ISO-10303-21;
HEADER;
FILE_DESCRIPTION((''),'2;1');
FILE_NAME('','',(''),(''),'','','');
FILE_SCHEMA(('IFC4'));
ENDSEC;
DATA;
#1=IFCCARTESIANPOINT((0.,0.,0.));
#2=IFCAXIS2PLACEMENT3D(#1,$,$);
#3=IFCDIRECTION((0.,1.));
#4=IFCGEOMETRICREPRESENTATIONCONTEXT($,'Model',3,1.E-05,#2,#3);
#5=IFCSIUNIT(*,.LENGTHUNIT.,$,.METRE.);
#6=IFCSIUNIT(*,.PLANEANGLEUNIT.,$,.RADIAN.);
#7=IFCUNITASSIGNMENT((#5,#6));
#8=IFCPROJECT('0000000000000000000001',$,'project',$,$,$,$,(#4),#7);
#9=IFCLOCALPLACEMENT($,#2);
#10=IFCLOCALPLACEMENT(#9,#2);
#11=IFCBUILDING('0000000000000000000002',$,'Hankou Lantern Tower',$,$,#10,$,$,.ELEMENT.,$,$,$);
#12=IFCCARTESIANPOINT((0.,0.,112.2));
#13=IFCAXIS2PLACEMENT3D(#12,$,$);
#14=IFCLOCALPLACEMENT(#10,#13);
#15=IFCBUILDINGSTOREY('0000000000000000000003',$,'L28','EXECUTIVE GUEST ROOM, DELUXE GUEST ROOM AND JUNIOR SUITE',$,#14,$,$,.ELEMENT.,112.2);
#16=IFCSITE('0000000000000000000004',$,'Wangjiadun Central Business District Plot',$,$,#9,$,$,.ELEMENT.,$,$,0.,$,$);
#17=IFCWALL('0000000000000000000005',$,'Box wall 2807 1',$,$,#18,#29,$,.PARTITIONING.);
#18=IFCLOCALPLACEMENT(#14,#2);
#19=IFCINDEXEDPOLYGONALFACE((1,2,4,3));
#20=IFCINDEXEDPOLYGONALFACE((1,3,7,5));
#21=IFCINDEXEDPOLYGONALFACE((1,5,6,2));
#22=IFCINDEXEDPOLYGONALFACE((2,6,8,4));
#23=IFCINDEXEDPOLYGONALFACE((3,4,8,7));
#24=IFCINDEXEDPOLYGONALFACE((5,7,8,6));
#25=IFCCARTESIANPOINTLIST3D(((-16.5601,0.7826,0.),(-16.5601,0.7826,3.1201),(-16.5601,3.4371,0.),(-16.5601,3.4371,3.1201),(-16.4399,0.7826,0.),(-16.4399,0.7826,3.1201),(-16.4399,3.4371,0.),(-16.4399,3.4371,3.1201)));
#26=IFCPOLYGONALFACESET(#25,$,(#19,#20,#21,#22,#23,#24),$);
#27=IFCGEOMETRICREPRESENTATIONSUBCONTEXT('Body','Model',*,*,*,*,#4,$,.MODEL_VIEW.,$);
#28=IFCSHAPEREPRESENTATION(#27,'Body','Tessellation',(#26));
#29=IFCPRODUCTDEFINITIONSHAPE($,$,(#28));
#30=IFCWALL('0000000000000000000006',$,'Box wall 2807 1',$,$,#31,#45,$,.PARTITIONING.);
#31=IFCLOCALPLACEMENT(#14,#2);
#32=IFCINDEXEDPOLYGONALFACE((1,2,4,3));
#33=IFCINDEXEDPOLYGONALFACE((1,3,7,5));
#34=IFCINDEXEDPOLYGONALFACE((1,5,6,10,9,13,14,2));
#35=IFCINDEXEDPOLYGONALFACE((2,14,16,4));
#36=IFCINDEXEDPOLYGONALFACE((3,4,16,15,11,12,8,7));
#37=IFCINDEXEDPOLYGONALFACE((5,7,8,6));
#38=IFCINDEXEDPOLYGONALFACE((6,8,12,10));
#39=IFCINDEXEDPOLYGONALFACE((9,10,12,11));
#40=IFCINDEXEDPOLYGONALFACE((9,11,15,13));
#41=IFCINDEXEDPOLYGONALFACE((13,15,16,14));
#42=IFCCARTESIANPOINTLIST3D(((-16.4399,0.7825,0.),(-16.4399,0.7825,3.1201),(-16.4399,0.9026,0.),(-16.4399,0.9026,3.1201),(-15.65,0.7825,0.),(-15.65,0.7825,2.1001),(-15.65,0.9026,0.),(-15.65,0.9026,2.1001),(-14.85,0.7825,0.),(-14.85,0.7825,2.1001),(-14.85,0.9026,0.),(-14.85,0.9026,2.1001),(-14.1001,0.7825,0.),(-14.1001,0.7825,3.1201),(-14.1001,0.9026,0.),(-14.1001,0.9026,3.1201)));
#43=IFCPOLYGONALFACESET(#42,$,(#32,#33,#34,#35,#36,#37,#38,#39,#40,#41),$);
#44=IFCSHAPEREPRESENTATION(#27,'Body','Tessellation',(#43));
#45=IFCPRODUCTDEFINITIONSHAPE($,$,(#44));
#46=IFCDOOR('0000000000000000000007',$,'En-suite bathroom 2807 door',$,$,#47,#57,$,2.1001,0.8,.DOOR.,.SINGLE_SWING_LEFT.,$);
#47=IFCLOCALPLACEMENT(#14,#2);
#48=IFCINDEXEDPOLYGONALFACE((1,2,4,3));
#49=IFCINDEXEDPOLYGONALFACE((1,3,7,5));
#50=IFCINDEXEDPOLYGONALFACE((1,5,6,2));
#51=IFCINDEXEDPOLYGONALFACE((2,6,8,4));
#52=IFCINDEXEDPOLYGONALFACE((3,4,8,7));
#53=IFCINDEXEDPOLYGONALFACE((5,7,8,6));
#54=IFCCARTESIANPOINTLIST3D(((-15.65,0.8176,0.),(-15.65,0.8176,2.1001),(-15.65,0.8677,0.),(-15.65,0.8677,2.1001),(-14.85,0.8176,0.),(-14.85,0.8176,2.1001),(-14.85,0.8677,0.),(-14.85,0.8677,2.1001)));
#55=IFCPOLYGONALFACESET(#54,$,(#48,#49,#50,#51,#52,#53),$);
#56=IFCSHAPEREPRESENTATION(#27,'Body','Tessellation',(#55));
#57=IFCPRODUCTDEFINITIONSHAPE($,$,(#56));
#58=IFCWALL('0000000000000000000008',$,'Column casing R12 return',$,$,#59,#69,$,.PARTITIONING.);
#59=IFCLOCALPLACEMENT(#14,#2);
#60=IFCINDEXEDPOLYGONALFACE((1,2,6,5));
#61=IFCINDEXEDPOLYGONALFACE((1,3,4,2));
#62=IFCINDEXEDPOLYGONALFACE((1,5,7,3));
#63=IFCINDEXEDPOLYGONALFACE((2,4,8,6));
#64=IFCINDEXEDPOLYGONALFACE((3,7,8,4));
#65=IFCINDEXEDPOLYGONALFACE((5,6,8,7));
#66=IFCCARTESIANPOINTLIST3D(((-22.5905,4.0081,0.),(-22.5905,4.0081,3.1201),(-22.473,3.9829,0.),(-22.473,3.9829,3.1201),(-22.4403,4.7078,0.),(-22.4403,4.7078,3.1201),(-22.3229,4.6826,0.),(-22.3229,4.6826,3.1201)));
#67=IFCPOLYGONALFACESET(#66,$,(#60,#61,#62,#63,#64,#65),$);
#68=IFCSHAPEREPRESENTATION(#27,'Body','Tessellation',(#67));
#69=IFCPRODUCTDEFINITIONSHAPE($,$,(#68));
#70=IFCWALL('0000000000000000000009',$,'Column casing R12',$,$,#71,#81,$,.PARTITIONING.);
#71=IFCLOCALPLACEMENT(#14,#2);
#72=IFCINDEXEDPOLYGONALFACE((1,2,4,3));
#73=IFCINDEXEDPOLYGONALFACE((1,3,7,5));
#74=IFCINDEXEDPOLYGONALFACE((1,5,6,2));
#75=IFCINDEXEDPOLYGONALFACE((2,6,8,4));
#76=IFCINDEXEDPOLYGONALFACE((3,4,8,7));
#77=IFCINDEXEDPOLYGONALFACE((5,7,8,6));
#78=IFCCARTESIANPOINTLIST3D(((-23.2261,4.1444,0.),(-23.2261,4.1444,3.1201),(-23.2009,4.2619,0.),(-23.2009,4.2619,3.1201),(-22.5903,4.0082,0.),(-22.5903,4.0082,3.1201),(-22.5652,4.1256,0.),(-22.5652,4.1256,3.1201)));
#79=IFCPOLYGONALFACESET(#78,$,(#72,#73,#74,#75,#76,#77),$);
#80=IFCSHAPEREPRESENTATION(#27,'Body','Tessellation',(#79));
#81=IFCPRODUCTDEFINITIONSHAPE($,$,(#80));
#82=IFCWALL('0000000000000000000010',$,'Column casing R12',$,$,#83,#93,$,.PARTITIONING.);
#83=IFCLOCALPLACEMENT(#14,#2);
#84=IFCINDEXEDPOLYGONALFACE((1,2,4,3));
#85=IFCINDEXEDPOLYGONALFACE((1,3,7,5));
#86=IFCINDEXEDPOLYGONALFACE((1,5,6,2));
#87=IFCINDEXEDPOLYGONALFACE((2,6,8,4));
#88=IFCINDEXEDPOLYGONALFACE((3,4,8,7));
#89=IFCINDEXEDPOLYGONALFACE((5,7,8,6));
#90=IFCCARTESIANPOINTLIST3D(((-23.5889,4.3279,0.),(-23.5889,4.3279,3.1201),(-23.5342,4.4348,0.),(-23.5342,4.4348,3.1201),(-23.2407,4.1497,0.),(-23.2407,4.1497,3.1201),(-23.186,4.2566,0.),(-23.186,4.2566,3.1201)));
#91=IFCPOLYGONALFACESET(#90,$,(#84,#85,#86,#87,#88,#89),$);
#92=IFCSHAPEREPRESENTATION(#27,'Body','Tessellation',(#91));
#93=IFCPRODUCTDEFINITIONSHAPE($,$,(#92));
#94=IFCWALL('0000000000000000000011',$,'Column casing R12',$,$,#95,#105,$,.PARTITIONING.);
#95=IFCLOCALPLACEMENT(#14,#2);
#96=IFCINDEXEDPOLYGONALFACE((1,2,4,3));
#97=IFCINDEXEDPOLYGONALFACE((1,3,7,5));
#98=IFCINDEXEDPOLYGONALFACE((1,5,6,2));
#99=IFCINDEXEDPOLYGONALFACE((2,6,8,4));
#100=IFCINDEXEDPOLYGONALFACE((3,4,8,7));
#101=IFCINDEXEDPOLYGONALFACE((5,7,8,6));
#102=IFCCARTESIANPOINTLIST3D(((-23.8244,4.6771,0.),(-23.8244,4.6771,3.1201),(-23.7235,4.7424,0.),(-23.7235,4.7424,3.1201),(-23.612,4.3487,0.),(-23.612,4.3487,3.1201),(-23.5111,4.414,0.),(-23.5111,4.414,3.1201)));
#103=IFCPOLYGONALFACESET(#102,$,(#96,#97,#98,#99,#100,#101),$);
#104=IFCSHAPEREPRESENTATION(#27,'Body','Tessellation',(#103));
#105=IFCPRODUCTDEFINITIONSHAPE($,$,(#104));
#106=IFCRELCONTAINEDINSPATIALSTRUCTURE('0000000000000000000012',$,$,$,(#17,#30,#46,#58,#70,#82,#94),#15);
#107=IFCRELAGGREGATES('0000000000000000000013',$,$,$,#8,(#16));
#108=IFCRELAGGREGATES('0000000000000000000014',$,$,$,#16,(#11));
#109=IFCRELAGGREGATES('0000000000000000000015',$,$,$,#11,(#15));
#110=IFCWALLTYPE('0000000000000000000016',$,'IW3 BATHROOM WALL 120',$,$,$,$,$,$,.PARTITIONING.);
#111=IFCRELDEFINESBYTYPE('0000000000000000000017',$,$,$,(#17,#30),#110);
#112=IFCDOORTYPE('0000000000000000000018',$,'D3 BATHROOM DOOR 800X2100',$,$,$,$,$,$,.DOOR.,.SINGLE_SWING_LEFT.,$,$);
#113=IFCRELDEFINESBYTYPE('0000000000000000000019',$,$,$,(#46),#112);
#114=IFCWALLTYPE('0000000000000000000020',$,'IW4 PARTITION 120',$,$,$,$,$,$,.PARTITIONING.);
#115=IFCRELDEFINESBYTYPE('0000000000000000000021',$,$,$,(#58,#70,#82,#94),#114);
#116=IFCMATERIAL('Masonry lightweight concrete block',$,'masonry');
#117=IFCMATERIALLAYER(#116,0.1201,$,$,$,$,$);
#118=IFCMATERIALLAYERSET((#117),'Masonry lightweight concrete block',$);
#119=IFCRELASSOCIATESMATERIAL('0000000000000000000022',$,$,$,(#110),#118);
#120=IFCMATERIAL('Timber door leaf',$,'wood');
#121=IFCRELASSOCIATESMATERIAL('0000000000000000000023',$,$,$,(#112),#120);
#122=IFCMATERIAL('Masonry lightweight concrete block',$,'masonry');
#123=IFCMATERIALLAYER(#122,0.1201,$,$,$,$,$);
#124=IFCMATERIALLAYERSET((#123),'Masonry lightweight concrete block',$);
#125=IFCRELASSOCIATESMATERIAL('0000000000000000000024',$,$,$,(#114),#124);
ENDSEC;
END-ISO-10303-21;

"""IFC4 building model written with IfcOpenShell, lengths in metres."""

from ifc_helpers import new_model, si_unit, direction, frame, frame_2d, origin, place, context, subcontext, project, spatial, rectangle, extrude, material, layer, layer_set, type_object, element, fill, save


model = new_model("IFC4")

# Units and contexts
model_context = context("Model", 3, precision=1e-05, world=origin(), true_north=direction((0.0, 1.0)))
body_context = subcontext(model_context, "Body", "Model", "MODEL_VIEW")
ifc_project = project(units=[si_unit("LENGTHUNIT", "METRE"), si_unit("PLANEANGLEUNIT", "RADIAN")], contexts=[model_context])

# Site, building, storey
site_placement = place(None, origin())
site = spatial("IfcSite", under=ifc_project, at=site_placement, Name="Wangjiadun Central Business District Plot", CompositionType="ELEMENT", RefElevation=0.0)
building_placement = place(site_placement, origin())
building = spatial("IfcBuilding", under=site, at=building_placement, Name="Hankou Lantern Tower", CompositionType="ELEMENT")
storey_placement = place(building_placement, frame((0.0, 0.0, 112.2)))
storey = spatial("IfcBuildingStorey", under=building, at=storey_placement, Name="L28", Description="EXECUTIVE GUEST ROOM, DELUXE GUEST ROOM AND JUNIOR SUITE", CompositionType="ELEMENT", Elevation=112.2)

# Shared definitions
ifc_material_1 = material(Name="Masonry lightweight concrete block", Category="masonry")
ifc_layer_1 = layer(ifc_material_1, 0.1201)
ifc_layer_set_1 = layer_set([ifc_layer_1], Name="Masonry lightweight concrete block")
wall_type_1 = type_object("IfcWallType", Name="IW3 BATHROOM WALL 120", PredefinedType="PARTITIONING", material=ifc_layer_set_1)
ifc_material_2 = material(Name="Timber door leaf", Category="wood")
door_type_1 = type_object("IfcDoorType", Name="D3 BATHROOM DOOR 800X2100", OperationType="SINGLE_SWING_LEFT", PredefinedType="DOOR", material=ifc_material_2)

# Wall
wall_1_placement = place(storey_placement, frame((-16.5, 3.437, 0.0), z_axis=(0.0, 0.0, 1.0), x_axis=(0.0, -1.0, 0.0)))
element("IfcWall", 1, at=wall_1_placement, inside=storey, type_object=wall_type_1, Name="Box wall 2807 1", PredefinedType="PARTITIONING", context=body_context, shape_type="SweptSolid", body=[
    extrude(rectangle(XDim=2.6545, YDim=0.1201, at=frame_2d((1.3271, 0.0))), origin(), (0.0, 0.0, 1.0), 3.1201),
])

# Wall, opening, door
wall_2_placement = place(storey_placement, frame((-14.1001, 0.8425, 0.0), z_axis=(0.0, 0.0, 1.0), x_axis=(-1.0, 0.0, 0.0)))
wall_2 = element("IfcWall", 2, at=wall_2_placement, inside=storey, type_object=wall_type_1, Name="Box wall 2807 1", PredefinedType="PARTITIONING", context=body_context, shape_type="SweptSolid", body=[
    extrude(rectangle(XDim=2.3398, YDim=0.1201, at=frame_2d((1.1699, 0.0))), origin(), (0.0, 0.0, 1.0), 3.1201),
])
opening_1_placement = place(wall_2_placement, frame((0.75, 0.0, 0.0)))
opening_1 = element("IfcOpeningElement", 3, at=opening_1_placement, cuts=wall_2, PredefinedType="OPENING", context=body_context, shape_type="SweptSolid", body=[
    extrude(rectangle(XDim=0.8, YDim=2.1001, at=frame_2d((0.3999, 1.05))), frame((0.0, 0.0701, 0.0), z_axis=(0.0, -1.0, 0.0), x_axis=(1.0, 0.0, 0.0)), (0.0, 0.0, 1.0), 0.1401),
])
door_1_placement = place(opening_1_placement, origin())
door_1 = element("IfcDoor", 4, at=door_1_placement, inside=storey, type_object=door_type_1, Name="En-suite bathroom 2807 door", OperationType="SINGLE_SWING_LEFT", OverallHeight=2.1001, OverallWidth=0.8, PredefinedType="DOOR", context=body_context, shape_type="SweptSolid", body=[
    extrude(rectangle(XDim=0.8, YDim=2.1001, at=frame_2d((0.3999, 1.05))), frame((0.0, 0.0249, 0.0), z_axis=(0.0, -1.0, 0.0), x_axis=(1.0, 0.0, 0.0)), (0.0, 0.0, 1.0), 0.05),
])
fill(opening_1, door_1)

# Walls
ifc_material_3 = material(Name="Masonry lightweight concrete block", Category="masonry")
ifc_layer_2 = layer(ifc_material_3, 0.1201)
ifc_layer_set_2 = layer_set([ifc_layer_2], Name="Masonry lightweight concrete block")
wall_type_2 = type_object("IfcWallType", Name="IW4 PARTITION 120", PredefinedType="PARTITIONING", material=ifc_layer_set_2)
wall_3_placement = place(storey_placement, frame((-22.3816, 4.6953, 0.0), z_axis=(0.0, 0.0, 1.0), x_axis=(-0.209809, -0.977742, 0.0)))
element("IfcWall", 5, at=wall_3_placement, inside=storey, type_object=wall_type_2, Name="Column casing R12 return", PredefinedType="PARTITIONING", context=body_context, shape_type="SweptSolid", body=[
    extrude(rectangle(XDim=0.7156, YDim=0.1201, at=frame_2d((0.3579, 0.0))), origin(), (0.0, 0.0, 1.0), 3.1201),
])
wall_4_placement = place(storey_placement, frame((-22.5776, 4.0669, 0.0), z_axis=(0.0, 0.0, 1.0), x_axis=(-0.977802, 0.209529, 0.0)))
element("IfcWall", 6, at=wall_4_placement, inside=storey, type_object=wall_type_2, Name="Column casing R12", PredefinedType="PARTITIONING", context=body_context, shape_type="SweptSolid", body=[
    extrude(rectangle(XDim=0.6501, YDim=0.1201, at=frame_2d((0.3252, 0.0))), origin(), (0.0, 0.0, 1.0), 3.1201),
])
for number, where, z_axis, x_axis, name in (
    (7, (-23.2134, 4.2031, 0.0), (0.0, 0.0, 1.0), (-0.890142, 0.455683, 0.0), "Column casing R12"),
    (8, (-23.5615, 4.3813, 0.0), (0.0, 0.0, 1.0), (-0.543122, 0.839654, 0.0), "Column casing R12"),
):
    element("IfcWall", number, at=place(storey_placement, frame(where, z_axis=z_axis, x_axis=x_axis)), inside=storey, type_object=wall_type_2, Name=name, PredefinedType="PARTITIONING", context=body_context, shape_type="SweptSolid", body=[
        extrude(rectangle(XDim=0.3911, YDim=0.1201, at=frame_2d((0.1956, 0.0))), origin(), (0.0, 0.0, 1.0), 3.1201),
    ])

save(model, "model.ifc")
